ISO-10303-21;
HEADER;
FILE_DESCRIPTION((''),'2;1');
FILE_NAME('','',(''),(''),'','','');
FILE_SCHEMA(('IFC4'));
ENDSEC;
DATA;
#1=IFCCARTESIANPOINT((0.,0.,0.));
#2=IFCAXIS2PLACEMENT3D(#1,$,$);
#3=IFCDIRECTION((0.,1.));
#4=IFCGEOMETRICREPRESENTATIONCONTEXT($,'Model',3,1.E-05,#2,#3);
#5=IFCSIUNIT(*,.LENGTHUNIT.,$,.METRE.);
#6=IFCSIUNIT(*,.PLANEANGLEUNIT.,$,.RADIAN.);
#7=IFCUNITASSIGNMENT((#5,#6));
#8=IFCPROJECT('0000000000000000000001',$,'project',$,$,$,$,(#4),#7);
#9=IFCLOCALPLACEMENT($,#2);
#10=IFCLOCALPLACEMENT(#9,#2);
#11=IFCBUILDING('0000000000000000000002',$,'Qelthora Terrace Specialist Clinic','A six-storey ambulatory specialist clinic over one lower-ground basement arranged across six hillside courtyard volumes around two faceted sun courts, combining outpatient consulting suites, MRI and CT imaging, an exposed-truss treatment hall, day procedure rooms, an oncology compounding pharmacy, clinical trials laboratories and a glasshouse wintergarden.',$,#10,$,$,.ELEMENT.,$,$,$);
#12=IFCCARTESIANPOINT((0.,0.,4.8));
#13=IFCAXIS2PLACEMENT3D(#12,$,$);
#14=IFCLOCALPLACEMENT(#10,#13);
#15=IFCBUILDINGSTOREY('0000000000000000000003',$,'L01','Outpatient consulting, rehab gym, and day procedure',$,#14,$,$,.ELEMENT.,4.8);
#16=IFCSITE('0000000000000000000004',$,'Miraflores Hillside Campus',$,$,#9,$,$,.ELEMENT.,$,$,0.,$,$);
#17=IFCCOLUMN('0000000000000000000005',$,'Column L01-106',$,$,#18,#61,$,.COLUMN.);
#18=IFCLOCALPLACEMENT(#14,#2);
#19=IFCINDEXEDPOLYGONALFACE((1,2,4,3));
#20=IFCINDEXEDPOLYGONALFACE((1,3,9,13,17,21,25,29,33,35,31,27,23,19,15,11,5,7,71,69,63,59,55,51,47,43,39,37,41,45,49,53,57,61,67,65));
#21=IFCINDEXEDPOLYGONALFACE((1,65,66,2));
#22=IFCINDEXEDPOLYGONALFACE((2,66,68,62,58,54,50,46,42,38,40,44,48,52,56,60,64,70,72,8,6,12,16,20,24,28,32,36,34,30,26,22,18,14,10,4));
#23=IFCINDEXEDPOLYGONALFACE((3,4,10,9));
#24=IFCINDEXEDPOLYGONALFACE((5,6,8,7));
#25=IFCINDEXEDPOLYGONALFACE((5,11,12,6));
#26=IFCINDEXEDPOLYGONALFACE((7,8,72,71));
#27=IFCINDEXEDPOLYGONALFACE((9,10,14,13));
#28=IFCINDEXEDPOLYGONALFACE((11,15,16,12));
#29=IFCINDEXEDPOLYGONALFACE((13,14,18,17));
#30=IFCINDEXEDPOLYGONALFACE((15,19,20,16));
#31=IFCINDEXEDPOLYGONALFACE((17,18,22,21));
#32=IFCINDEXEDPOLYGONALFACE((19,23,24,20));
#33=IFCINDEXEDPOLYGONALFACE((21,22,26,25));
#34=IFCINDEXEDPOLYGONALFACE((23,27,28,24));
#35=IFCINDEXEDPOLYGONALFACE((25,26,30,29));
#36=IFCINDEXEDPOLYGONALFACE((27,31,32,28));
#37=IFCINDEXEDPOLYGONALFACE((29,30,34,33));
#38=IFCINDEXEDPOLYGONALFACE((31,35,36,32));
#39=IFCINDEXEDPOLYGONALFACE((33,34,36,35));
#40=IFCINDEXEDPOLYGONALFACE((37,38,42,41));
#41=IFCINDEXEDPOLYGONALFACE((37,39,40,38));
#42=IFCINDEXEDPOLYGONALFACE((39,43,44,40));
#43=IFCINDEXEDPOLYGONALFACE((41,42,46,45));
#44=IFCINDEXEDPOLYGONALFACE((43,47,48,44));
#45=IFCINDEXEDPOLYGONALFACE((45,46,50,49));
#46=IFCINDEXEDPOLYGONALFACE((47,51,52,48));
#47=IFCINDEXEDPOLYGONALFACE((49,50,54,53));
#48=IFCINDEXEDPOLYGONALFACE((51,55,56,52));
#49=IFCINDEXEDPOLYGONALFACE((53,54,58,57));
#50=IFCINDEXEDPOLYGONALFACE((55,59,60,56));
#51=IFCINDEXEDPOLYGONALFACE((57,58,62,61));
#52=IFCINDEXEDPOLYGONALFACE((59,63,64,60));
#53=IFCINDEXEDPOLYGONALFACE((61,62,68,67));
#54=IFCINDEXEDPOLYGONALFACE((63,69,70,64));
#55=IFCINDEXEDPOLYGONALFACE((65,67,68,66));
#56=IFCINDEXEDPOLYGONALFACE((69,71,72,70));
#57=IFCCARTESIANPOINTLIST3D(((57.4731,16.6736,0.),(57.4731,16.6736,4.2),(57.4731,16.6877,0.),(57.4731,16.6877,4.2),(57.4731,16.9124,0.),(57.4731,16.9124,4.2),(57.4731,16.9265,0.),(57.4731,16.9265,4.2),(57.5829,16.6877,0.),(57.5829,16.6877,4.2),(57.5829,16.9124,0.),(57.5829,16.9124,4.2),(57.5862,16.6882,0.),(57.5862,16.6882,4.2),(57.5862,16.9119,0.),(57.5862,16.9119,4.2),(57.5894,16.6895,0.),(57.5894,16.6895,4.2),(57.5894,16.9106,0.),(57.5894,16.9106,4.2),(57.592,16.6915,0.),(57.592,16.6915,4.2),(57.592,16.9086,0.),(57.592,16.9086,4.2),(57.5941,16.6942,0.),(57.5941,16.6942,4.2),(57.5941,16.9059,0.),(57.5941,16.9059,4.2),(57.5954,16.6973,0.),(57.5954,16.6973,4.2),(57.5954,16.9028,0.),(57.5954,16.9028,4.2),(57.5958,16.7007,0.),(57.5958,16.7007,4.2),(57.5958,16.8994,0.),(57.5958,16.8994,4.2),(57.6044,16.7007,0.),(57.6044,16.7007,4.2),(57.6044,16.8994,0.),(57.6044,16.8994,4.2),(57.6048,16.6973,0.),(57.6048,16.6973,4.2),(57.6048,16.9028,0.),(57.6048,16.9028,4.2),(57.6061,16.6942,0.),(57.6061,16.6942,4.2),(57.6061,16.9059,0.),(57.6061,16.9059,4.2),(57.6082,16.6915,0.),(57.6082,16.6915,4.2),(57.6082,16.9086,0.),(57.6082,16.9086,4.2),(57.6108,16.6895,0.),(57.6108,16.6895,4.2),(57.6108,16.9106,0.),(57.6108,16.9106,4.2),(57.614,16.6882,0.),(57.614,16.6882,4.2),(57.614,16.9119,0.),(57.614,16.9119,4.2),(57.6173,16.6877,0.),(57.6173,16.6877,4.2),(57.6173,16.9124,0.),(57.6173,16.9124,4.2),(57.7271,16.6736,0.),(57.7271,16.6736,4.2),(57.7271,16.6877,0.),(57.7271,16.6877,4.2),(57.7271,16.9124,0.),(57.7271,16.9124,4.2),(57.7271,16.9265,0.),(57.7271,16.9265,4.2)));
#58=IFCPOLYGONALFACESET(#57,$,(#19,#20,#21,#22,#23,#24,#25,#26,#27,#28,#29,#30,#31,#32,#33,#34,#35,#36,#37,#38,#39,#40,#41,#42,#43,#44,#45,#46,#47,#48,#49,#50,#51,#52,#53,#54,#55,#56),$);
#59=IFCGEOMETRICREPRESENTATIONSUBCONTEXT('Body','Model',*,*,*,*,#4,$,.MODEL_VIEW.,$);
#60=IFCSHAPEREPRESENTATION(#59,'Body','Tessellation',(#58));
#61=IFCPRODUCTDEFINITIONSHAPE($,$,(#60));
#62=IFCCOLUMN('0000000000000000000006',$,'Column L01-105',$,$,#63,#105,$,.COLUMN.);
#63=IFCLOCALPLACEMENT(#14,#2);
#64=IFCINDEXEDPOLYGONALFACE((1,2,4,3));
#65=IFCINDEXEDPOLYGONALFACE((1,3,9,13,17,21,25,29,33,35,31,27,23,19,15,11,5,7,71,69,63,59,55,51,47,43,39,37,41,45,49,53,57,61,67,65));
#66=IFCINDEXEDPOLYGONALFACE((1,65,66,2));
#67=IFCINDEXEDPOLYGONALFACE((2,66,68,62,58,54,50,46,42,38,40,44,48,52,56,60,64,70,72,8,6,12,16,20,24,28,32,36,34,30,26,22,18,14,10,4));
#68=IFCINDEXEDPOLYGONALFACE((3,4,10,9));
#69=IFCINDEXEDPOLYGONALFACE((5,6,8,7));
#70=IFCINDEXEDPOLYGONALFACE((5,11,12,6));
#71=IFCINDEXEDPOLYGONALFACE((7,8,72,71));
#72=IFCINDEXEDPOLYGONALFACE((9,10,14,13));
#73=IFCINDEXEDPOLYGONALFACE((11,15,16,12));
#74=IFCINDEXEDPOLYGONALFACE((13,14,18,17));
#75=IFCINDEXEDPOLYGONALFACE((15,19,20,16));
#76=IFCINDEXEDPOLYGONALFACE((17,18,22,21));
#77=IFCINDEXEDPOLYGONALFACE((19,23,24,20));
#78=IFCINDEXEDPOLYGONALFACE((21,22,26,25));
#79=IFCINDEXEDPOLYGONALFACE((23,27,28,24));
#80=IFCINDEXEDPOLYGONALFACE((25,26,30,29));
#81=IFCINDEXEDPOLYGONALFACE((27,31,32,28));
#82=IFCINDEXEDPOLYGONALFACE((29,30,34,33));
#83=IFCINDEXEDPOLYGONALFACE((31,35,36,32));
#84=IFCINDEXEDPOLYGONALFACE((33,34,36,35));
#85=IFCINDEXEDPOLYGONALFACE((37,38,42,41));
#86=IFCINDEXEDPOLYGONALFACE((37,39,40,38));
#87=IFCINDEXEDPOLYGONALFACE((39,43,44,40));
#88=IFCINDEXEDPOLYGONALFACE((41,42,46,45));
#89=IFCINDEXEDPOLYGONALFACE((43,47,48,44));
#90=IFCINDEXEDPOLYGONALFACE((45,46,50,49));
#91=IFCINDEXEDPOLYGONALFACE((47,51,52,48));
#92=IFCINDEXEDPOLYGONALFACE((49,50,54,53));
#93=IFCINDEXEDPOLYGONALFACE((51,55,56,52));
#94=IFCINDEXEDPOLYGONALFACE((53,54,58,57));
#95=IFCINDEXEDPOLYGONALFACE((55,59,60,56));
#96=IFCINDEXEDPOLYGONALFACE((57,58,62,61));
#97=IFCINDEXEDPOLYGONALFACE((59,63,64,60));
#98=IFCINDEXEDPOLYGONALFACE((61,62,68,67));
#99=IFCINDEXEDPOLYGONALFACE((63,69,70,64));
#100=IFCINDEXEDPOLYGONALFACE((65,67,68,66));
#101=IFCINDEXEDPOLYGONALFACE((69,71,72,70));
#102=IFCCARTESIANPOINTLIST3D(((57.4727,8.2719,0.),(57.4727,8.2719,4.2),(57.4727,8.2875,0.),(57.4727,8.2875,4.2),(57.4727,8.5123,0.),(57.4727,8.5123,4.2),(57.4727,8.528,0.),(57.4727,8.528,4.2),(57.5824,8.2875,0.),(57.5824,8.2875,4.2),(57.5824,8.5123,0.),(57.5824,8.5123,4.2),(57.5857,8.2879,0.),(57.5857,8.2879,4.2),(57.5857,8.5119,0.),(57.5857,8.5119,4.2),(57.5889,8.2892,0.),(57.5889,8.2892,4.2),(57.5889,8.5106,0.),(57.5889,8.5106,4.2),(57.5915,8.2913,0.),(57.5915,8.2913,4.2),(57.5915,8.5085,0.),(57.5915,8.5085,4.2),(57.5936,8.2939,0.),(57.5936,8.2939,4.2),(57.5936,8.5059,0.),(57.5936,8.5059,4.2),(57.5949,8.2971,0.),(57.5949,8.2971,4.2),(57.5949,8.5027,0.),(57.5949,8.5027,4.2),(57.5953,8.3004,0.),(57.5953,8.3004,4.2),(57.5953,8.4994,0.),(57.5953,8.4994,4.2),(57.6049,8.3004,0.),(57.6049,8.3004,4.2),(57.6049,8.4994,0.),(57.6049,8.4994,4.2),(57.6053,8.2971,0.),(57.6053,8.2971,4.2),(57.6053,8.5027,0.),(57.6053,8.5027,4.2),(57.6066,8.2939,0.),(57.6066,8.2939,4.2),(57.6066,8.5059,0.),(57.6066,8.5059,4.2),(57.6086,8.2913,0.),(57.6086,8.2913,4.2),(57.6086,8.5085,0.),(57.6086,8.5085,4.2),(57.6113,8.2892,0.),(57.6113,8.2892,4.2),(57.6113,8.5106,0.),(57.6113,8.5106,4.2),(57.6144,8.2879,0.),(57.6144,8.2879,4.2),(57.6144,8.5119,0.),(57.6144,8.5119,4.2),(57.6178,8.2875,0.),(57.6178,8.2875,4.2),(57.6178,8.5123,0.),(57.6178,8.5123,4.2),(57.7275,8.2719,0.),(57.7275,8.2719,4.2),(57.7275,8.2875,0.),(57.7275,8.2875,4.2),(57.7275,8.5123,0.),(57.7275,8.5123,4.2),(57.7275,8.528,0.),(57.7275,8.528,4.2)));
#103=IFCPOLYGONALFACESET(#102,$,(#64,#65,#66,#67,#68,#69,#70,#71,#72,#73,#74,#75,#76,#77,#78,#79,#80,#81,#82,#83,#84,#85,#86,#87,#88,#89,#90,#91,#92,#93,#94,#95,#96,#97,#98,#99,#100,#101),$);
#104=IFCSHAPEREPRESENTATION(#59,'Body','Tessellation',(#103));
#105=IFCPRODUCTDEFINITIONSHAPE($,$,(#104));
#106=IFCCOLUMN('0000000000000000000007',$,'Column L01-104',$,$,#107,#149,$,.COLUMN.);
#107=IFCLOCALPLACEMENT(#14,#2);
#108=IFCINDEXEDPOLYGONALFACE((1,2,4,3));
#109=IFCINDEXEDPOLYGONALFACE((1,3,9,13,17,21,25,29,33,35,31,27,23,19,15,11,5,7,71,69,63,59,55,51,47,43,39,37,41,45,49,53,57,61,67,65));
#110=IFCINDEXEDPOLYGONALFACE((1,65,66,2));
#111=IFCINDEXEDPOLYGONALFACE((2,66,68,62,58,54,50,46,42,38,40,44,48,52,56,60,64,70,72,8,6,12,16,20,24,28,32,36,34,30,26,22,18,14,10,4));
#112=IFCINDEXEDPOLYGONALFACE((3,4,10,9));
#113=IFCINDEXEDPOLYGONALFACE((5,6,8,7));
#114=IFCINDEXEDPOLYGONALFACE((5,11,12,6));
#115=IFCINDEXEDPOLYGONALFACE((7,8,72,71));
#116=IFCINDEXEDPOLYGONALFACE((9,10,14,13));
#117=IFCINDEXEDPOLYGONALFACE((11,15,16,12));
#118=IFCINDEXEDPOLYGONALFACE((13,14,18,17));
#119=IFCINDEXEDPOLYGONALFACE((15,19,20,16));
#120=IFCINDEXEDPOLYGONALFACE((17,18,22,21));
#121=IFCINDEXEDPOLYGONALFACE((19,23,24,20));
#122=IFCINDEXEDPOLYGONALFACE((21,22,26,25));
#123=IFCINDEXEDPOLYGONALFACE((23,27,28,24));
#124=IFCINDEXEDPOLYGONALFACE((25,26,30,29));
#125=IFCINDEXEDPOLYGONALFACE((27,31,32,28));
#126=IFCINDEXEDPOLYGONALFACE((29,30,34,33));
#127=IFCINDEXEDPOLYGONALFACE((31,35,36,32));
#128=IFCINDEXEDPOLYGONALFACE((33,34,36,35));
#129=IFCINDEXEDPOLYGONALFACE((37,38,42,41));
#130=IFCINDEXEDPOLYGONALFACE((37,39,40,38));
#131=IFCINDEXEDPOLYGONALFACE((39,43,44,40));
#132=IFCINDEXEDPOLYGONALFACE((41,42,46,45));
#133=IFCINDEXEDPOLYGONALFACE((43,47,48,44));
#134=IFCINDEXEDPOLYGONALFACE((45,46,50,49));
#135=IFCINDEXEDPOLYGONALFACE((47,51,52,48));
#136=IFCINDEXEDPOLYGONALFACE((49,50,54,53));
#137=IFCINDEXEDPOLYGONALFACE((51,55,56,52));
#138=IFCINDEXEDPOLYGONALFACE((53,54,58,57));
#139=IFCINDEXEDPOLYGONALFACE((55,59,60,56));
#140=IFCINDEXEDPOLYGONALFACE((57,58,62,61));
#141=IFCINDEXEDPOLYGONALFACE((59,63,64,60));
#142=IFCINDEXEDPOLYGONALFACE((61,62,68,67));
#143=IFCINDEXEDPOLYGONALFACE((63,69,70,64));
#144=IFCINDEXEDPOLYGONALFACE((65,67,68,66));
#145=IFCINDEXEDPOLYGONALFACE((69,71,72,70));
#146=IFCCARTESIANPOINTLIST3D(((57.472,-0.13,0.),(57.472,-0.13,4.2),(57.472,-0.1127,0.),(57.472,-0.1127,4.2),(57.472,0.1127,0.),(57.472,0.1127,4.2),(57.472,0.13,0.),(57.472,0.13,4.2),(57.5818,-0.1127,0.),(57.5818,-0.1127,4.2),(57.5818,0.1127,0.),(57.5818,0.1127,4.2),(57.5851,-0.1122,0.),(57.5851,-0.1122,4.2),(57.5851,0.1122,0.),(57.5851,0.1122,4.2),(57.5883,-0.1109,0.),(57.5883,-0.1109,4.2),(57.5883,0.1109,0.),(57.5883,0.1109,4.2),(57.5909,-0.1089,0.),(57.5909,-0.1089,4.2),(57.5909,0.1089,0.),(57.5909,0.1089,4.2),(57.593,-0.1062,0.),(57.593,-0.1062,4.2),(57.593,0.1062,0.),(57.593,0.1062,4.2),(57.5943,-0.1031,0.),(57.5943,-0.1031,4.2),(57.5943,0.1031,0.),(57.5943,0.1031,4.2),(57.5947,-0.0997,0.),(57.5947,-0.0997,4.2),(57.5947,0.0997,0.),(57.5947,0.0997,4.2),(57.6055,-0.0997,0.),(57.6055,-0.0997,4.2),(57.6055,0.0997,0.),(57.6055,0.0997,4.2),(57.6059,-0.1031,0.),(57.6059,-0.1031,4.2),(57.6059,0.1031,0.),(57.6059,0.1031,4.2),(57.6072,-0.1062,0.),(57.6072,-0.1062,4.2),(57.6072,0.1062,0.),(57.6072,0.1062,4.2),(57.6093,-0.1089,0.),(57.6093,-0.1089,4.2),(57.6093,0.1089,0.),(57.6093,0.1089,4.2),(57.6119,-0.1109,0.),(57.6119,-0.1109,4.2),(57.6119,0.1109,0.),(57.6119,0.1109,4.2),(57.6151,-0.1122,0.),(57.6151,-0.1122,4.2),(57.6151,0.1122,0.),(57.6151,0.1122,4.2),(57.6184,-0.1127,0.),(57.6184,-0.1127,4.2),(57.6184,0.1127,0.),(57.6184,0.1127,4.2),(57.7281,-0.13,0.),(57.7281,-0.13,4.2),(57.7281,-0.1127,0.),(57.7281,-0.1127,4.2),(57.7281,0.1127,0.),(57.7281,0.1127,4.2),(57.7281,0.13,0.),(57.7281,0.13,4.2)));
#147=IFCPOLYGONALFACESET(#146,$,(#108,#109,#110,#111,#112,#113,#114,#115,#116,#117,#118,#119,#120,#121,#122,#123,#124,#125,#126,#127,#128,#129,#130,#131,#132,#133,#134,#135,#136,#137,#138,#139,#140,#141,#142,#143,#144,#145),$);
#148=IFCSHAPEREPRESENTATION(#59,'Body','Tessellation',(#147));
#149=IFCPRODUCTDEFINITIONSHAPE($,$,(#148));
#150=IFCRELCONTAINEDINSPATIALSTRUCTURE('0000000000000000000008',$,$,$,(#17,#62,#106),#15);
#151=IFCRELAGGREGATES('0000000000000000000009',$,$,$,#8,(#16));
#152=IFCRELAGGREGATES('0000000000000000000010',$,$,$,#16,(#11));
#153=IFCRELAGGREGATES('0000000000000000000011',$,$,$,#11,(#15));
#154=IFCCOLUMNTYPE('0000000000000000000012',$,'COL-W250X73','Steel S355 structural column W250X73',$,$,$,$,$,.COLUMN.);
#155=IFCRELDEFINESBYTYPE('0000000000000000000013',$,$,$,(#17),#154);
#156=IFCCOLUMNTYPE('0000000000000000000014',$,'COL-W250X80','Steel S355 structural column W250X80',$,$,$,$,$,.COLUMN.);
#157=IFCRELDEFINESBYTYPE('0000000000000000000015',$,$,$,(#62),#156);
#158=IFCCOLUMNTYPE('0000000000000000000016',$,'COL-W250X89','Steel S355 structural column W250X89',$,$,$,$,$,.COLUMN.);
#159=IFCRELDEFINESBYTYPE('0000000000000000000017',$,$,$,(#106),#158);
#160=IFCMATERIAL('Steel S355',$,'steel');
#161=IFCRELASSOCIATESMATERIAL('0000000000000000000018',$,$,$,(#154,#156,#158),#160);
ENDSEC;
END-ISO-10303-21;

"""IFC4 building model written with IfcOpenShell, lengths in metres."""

from ifc_helpers import new_model, si_unit, direction, frame, origin, origin_2d, place, context, subcontext, project, spatial, i_section, extrude, material, material_profile, profile_set, type_object, element, save


model = new_model("IFC4")

# Units and contexts
model_context = context("Model", 3, precision=1e-05, world=origin(), true_north=direction((0.0, 1.0)))
body_context = subcontext(model_context, "Body", "Model", "MODEL_VIEW")
ifc_project = project(units=[si_unit("LENGTHUNIT", "METRE"), si_unit("PLANEANGLEUNIT", "RADIAN")], contexts=[model_context])

# Site, building, storey
site_placement = place(None, origin())
site = spatial("IfcSite", under=ifc_project, at=site_placement, Name="Miraflores Hillside Campus", CompositionType="ELEMENT", RefElevation=0.0)
building_placement = place(site_placement, origin())
building = spatial("IfcBuilding", under=site, at=building_placement, Name="Qelthora Terrace Specialist Clinic", Description="A six-storey ambulatory specialist clinic over one lower-ground basement arranged across six hillside courtyard volumes around two faceted sun courts, combining outpatient consulting suites, MRI and CT imaging, an exposed-truss treatment hall, day procedure rooms, an oncology compounding pharmacy, clinical trials laboratories and a glasshouse wintergarden.", CompositionType="ELEMENT")
storey_placement = place(building_placement, frame((0.0, 0.0, 4.8)))
storey = spatial("IfcBuildingStorey", under=building, at=storey_placement, Name="L01", Description="Outpatient consulting, rehab gym, and day procedure", CompositionType="ELEMENT", Elevation=4.8)

# Columns
ifc_material_1 = material(Name="Steel S355", Category="steel")
ifc_material_profile_1 = material_profile(ifc_material_1, i_section(OverallWidth=0.2539, OverallDepth=0.2529, WebThickness=0.0085, FlangeThickness=0.0142, FilletRadius=0.0129, at=origin_2d()), Name="W250X73")
ifc_profile_set_1 = profile_set([ifc_material_profile_1], Name="Steel S355")
column_type_1 = type_object("IfcColumnType", Name="COL-W250X73", Description="Steel S355 structural column W250X73", PredefinedType="COLUMN", material=ifc_profile_set_1)
column_1_placement = place(storey_placement, frame((57.6001, 16.8, 0.0), z_axis=(0.0, 0.0, 1.0), x_axis=(1.0, 0.0, 0.0)))
element("IfcColumn", 1, at=column_1_placement, inside=storey, type_object=column_type_1, Name="Column L01-106", PredefinedType="COLUMN", context=body_context, shape_type="SweptSolid", body=[
    extrude(i_section(OverallWidth=0.2539, OverallDepth=0.2529, WebThickness=0.0085, FlangeThickness=0.0142, FilletRadius=0.0129, at=origin_2d()), origin(), (0.0, 0.0, 1.0), 4.2),
])
ifc_material_profile_2 = material_profile(ifc_material_1, i_section(OverallWidth=0.2549, OverallDepth=0.2561, WebThickness=0.0095, FlangeThickness=0.0156, FilletRadius=0.0129, at=origin_2d()), Name="W250X80")
ifc_profile_set_2 = profile_set([ifc_material_profile_2], Name="Steel S355")
column_type_2 = type_object("IfcColumnType", Name="COL-W250X80", Description="Steel S355 structural column W250X80", PredefinedType="COLUMN", material=ifc_profile_set_2)
column_2_placement = place(storey_placement, frame((57.6001, 8.3999, 0.0), z_axis=(0.0, 0.0, 1.0), x_axis=(1.0, 0.0, 0.0)))
element("IfcColumn", 2, at=column_2_placement, inside=storey, type_object=column_type_2, Name="Column L01-105", PredefinedType="COLUMN", context=body_context, shape_type="SweptSolid", body=[
    extrude(i_section(OverallWidth=0.2549, OverallDepth=0.2561, WebThickness=0.0095, FlangeThickness=0.0156, FilletRadius=0.0129, at=origin_2d()), origin(), (0.0, 0.0, 1.0), 4.2),
])
ifc_material_profile_3 = material_profile(ifc_material_1, i_section(OverallWidth=0.2561, OverallDepth=0.26, WebThickness=0.0107, FlangeThickness=0.0173, FilletRadius=0.0129, at=origin_2d()), Name="W250X89")
ifc_profile_set_3 = profile_set([ifc_material_profile_3], Name="Steel S355")
column_type_3 = type_object("IfcColumnType", Name="COL-W250X89", Description="Steel S355 structural column W250X89", PredefinedType="COLUMN", material=ifc_profile_set_3)
column_3_placement = place(storey_placement, frame((57.6001, 0.0, 0.0), z_axis=(0.0, 0.0, 1.0), x_axis=(1.0, 0.0, 0.0)))
element("IfcColumn", 3, at=column_3_placement, inside=storey, type_object=column_type_3, Name="Column L01-104", PredefinedType="COLUMN", context=body_context, shape_type="SweptSolid", body=[
    extrude(i_section(OverallWidth=0.2561, OverallDepth=0.26, WebThickness=0.0107, FlangeThickness=0.0173, FilletRadius=0.0129, at=origin_2d()), origin(), (0.0, 0.0, 1.0), 4.2),
])

save(model, "model.ifc")
